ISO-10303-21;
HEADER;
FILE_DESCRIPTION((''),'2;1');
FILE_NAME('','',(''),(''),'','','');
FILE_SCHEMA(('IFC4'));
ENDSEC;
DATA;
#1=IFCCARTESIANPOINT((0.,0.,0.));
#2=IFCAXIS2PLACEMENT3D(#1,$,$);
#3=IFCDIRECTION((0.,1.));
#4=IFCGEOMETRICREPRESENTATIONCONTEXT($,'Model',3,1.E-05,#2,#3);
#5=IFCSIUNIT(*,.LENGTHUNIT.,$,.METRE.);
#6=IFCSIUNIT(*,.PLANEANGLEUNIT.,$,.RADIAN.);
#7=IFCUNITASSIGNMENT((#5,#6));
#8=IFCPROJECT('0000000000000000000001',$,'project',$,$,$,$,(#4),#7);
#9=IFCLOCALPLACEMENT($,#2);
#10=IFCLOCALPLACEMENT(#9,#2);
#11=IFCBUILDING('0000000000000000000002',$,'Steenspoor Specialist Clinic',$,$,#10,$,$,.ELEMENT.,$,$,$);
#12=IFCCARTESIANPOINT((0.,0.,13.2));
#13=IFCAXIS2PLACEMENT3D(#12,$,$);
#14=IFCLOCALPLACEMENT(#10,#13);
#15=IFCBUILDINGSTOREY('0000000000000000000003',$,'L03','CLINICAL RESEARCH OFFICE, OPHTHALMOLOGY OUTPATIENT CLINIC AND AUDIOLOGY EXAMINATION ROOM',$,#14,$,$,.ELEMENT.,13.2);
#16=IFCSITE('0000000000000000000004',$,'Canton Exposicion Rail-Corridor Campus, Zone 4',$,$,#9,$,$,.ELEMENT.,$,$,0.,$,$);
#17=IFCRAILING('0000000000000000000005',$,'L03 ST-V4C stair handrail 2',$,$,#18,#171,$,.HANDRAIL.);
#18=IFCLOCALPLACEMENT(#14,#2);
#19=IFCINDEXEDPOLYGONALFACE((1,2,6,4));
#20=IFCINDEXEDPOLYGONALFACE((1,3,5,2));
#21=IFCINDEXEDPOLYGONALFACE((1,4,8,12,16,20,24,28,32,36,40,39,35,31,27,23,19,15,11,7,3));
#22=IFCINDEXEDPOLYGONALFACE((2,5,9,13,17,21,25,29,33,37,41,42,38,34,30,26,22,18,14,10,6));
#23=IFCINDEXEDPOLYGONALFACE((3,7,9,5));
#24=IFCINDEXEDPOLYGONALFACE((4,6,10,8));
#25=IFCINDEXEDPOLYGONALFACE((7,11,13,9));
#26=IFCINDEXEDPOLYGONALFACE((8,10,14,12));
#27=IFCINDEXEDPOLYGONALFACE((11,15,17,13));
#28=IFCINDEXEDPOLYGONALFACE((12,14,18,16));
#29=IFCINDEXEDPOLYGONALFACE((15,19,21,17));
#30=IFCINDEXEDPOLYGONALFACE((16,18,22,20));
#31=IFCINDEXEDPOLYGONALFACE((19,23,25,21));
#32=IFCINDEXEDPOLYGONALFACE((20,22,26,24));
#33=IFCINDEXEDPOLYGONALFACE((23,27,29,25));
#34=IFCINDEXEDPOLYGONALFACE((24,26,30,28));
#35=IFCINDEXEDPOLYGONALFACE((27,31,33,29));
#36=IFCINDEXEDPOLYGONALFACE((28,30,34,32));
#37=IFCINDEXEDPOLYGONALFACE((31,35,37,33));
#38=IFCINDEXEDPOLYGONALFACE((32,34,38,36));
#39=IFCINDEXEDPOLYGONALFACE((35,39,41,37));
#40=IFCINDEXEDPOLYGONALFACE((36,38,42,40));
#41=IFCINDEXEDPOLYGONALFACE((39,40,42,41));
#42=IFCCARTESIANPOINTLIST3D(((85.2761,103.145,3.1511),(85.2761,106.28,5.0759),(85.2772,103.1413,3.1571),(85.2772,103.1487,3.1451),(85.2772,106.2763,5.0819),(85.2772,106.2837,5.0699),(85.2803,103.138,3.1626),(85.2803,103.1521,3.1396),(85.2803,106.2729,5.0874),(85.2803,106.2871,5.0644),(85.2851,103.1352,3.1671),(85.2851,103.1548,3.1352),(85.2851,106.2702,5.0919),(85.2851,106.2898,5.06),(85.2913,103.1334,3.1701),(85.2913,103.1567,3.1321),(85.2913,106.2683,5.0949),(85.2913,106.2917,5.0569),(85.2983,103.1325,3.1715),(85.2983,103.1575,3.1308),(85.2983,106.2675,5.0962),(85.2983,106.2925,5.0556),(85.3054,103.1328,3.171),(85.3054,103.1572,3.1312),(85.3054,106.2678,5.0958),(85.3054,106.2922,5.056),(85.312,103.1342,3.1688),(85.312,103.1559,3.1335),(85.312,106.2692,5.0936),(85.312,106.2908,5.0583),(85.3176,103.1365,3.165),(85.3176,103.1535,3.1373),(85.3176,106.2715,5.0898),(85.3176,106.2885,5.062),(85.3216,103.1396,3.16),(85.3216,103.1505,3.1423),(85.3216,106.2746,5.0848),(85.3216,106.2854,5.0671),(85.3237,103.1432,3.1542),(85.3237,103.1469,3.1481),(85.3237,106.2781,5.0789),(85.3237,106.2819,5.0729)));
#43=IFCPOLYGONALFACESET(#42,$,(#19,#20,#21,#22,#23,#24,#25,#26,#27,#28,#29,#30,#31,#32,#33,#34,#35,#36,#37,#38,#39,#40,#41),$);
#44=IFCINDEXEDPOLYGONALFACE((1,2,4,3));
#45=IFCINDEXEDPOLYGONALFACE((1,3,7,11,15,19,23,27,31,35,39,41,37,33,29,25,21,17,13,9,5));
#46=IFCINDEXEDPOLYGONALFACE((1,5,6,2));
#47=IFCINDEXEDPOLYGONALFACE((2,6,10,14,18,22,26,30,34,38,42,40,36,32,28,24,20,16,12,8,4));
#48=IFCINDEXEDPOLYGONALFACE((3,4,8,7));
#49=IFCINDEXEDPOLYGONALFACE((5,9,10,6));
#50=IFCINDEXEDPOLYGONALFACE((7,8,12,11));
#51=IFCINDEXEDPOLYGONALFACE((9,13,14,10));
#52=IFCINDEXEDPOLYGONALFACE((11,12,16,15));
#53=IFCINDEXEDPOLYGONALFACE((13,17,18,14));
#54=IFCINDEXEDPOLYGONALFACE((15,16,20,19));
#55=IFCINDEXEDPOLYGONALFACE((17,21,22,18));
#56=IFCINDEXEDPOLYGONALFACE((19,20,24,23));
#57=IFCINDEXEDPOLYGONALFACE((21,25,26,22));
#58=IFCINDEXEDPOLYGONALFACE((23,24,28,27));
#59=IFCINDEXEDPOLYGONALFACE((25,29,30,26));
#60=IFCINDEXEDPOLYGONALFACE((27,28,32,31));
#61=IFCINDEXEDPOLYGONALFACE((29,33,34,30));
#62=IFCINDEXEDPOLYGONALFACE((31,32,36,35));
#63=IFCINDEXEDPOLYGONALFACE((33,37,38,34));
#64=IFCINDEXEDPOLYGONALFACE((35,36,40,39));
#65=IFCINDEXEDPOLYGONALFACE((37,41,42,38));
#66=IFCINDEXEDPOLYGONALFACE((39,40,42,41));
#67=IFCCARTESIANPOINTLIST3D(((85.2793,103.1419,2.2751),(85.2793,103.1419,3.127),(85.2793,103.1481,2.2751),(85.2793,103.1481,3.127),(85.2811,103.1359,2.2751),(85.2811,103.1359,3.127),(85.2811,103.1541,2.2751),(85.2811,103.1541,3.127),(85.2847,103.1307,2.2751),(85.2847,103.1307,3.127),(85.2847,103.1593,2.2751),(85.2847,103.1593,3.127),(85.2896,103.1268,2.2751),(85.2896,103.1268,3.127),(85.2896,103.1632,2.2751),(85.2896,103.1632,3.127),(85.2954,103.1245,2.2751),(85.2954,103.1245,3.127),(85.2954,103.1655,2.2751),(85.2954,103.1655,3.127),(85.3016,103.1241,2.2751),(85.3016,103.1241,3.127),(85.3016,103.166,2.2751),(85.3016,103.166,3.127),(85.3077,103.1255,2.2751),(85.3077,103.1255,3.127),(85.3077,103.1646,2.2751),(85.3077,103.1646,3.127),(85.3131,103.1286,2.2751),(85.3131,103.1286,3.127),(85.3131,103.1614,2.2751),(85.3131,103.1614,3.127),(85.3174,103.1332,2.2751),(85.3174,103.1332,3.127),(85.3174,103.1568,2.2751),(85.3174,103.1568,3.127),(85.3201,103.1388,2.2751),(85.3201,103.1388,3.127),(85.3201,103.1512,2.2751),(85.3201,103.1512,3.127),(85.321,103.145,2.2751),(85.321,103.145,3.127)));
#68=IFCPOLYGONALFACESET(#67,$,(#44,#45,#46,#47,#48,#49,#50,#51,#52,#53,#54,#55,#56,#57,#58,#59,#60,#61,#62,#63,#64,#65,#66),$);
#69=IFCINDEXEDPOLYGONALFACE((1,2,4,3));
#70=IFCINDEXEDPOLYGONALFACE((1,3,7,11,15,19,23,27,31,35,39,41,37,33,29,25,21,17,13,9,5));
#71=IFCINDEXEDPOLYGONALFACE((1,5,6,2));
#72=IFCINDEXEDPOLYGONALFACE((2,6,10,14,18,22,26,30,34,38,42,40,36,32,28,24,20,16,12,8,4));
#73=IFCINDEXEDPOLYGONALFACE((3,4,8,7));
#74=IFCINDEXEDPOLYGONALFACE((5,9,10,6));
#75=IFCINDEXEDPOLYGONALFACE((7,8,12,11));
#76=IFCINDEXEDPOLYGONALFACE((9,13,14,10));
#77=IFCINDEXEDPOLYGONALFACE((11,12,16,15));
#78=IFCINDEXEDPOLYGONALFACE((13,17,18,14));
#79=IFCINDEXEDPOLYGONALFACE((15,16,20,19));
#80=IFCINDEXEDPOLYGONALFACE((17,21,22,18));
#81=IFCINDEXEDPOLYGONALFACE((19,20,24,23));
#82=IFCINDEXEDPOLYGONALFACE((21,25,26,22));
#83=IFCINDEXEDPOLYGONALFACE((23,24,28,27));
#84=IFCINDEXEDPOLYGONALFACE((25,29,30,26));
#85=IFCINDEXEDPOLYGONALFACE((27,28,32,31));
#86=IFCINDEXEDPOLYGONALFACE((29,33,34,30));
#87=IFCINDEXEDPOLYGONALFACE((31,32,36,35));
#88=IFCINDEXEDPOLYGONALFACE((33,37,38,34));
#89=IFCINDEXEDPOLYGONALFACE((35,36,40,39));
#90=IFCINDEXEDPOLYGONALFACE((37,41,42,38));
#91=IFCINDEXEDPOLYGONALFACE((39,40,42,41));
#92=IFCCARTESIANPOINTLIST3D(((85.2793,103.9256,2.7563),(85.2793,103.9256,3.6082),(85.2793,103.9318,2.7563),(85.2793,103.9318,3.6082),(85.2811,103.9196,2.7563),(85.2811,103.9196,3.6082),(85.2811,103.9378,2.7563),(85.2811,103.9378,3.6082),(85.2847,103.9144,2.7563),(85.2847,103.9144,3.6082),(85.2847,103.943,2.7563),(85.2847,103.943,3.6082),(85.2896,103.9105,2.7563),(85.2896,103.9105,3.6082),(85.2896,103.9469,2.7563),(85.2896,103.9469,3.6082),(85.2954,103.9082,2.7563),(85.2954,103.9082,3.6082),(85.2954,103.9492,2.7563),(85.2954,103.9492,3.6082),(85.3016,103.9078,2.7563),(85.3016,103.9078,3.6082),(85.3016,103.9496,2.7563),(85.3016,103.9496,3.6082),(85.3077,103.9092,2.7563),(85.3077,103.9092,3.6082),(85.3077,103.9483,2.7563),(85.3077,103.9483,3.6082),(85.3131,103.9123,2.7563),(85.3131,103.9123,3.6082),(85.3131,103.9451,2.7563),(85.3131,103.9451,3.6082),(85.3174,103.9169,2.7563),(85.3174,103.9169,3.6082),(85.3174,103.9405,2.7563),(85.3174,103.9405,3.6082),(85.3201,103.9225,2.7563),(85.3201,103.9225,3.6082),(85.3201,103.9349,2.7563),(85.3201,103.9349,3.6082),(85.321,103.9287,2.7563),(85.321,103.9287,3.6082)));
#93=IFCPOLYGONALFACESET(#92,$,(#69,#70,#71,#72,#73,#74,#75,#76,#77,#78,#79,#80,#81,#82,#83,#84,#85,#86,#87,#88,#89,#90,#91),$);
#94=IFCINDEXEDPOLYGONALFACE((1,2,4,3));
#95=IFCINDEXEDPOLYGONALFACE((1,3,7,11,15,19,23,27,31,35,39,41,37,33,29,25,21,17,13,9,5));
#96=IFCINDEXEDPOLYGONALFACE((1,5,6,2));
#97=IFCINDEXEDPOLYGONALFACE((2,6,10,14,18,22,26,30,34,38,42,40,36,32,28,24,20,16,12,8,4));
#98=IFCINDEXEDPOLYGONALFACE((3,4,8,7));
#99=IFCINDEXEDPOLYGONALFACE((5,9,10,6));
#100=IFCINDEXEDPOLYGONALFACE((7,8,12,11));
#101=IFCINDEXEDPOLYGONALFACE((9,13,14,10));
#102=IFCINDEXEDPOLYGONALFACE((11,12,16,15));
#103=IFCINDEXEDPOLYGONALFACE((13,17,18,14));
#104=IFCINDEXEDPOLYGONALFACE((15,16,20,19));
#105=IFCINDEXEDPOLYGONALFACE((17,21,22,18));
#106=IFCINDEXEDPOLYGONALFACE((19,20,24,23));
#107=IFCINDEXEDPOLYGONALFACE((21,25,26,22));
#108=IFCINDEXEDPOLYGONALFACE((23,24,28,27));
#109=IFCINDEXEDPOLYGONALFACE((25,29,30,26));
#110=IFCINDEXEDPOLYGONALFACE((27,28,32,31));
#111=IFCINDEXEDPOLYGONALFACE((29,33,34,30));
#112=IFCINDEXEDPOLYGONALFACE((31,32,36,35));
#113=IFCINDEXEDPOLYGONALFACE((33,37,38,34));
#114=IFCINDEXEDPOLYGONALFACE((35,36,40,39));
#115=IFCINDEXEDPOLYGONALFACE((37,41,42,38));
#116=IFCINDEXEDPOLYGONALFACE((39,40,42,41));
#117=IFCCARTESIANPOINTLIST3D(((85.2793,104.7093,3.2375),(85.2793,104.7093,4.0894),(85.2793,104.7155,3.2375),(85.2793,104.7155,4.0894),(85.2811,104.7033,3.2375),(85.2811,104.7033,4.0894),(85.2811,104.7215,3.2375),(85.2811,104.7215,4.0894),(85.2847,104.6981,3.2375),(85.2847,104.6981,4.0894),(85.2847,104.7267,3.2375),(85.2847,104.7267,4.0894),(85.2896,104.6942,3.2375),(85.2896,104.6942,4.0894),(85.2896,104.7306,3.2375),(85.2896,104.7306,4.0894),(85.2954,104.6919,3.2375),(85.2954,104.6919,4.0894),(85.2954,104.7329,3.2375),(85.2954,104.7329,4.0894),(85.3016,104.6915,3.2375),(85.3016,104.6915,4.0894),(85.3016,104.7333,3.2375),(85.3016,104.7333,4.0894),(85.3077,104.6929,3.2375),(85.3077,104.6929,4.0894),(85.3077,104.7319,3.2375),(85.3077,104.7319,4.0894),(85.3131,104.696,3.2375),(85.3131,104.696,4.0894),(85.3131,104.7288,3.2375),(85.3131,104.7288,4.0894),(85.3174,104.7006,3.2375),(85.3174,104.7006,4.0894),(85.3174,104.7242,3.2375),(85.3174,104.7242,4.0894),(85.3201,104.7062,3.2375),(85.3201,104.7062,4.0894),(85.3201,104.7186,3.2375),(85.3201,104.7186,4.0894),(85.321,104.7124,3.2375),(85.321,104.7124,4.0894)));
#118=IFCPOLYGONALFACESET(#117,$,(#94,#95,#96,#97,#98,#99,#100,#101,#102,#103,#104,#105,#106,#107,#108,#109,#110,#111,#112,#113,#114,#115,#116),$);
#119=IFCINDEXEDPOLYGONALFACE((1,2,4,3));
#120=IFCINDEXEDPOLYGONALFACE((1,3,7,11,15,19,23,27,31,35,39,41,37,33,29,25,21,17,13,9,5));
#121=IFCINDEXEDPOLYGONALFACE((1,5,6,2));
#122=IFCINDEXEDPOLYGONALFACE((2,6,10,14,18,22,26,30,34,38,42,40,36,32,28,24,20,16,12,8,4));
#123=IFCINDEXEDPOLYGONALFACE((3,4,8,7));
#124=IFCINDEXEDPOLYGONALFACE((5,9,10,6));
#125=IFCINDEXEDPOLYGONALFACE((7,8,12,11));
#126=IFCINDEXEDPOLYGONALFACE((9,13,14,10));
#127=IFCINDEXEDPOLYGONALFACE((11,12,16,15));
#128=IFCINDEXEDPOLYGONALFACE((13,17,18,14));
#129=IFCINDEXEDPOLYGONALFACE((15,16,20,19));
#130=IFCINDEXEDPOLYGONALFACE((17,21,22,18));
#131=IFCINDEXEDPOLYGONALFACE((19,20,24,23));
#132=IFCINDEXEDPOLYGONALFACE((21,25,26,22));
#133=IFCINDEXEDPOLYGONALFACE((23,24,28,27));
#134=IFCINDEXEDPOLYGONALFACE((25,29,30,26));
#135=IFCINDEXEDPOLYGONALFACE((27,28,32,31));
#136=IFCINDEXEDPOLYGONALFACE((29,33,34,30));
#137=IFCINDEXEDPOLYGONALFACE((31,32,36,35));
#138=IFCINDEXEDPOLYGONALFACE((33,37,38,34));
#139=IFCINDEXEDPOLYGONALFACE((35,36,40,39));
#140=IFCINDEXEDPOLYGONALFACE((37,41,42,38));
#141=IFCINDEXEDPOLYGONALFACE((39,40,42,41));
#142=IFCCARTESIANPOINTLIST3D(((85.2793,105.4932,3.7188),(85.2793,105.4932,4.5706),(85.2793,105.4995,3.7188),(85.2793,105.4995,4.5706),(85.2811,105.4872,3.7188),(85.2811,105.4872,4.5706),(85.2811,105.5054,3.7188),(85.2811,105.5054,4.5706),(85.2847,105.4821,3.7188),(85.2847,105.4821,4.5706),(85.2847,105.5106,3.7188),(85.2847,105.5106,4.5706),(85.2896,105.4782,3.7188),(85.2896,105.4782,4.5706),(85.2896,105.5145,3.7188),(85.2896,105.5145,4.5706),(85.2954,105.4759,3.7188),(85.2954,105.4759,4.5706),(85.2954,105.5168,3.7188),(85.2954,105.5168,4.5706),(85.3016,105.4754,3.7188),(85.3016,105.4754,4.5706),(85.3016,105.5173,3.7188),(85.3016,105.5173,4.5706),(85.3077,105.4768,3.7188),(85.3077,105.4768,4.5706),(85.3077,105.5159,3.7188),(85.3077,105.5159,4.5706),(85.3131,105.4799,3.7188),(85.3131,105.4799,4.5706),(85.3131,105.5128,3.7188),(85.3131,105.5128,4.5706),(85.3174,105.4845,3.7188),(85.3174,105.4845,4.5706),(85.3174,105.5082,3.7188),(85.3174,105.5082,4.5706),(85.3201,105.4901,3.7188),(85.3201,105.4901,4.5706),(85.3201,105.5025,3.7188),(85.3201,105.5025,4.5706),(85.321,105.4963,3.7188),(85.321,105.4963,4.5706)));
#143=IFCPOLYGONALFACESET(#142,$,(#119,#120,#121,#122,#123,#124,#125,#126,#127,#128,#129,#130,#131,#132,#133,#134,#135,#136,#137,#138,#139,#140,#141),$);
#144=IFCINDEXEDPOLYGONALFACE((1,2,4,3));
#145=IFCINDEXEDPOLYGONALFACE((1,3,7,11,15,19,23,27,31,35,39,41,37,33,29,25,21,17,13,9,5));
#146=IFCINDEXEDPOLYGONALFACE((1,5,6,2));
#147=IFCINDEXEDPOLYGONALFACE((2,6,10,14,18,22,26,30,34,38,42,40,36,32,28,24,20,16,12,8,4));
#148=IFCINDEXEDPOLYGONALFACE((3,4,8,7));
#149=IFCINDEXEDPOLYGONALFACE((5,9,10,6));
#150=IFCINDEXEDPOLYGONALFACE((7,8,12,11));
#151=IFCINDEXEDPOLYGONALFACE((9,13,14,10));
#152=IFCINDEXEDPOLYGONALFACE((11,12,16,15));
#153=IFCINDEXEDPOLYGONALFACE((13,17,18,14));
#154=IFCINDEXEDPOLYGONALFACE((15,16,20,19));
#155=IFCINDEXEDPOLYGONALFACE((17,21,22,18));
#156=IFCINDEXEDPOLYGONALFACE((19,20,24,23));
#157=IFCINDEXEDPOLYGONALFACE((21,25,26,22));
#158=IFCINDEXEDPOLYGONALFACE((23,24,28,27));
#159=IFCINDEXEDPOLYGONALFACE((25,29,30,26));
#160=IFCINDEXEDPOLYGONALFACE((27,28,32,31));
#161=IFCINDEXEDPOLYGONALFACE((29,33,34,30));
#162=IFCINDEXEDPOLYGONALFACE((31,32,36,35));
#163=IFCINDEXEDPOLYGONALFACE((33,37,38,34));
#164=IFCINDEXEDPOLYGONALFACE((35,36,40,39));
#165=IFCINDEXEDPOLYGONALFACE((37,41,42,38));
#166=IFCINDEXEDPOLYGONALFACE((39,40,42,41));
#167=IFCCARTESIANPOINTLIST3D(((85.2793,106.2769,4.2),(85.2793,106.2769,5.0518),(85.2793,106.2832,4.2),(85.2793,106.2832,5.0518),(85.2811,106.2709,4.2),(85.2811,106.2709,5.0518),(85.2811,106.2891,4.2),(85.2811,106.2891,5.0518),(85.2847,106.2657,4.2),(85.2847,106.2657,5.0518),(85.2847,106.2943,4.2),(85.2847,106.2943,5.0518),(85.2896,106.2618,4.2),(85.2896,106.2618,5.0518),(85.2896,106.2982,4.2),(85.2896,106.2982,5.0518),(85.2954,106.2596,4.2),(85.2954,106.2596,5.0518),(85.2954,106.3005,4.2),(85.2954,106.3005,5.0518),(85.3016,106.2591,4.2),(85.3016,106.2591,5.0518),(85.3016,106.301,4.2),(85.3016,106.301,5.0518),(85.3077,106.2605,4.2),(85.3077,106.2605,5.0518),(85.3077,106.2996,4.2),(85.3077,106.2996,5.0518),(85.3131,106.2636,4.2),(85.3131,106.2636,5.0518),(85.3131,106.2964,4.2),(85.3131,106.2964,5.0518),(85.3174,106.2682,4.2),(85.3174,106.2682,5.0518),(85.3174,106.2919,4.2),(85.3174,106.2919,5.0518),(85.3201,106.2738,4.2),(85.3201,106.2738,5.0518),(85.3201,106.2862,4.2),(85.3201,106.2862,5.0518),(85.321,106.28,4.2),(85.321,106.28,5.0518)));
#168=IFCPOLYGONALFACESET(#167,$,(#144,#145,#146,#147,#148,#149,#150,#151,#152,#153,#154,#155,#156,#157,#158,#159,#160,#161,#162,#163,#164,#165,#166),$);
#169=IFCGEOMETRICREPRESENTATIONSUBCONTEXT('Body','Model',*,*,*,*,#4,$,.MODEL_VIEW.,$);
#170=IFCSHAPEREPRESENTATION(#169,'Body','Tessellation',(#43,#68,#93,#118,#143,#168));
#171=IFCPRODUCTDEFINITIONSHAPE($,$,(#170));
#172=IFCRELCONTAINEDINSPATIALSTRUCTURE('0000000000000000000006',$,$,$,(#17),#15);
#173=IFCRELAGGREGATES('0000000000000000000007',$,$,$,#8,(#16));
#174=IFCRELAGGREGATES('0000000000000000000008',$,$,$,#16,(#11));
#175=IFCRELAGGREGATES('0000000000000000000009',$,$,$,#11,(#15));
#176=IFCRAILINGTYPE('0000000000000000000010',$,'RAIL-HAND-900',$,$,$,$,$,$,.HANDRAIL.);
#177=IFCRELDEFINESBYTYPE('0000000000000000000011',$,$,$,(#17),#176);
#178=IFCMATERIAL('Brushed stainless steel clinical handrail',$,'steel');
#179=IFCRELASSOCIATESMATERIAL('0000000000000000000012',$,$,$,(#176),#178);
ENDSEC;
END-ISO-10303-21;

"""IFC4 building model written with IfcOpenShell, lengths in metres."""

from ifc_helpers import new_model, si_unit, direction, frame, origin, origin_2d, place, context, subcontext, project, spatial, circle, extrude, material, type_object, element, save


model = new_model("IFC4")

# Units and contexts
model_context = context("Model", 3, precision=1e-05, world=origin(), true_north=direction((0.0, 1.0)))
body_context = subcontext(model_context, "Body", "Model", "MODEL_VIEW")
ifc_project = project(units=[si_unit("LENGTHUNIT", "METRE"), si_unit("PLANEANGLEUNIT", "RADIAN")], contexts=[model_context])

# Site, building, storey
site_placement = place(None, origin())
site = spatial("IfcSite", under=ifc_project, at=site_placement, Name="Canton Exposicion Rail-Corridor Campus, Zone 4", CompositionType="ELEMENT", RefElevation=0.0)
building_placement = place(site_placement, origin())
building = spatial("IfcBuilding", under=site, at=building_placement, Name="Steenspoor Specialist Clinic", CompositionType="ELEMENT")
storey_placement = place(building_placement, frame((0.0, 0.0, 13.2)))
storey = spatial("IfcBuildingStorey", under=building, at=storey_placement, Name="L03", Description="CLINICAL RESEARCH OFFICE, OPHTHALMOLOGY OUTPATIENT CLINIC AND AUDIOLOGY EXAMINATION ROOM", CompositionType="ELEMENT", Elevation=13.2)

# Railing
ifc_material_1 = material(Name="Brushed stainless steel clinical handrail", Category="steel")
railing_type_1 = type_object("IfcRailingType", Name="RAIL-HAND-900", PredefinedType="HANDRAIL", material=ifc_material_1)
railing_1_placement = place(storey_placement, frame((85.3, 103.145, 2.2751)))
element("IfcRailing", 1, at=railing_1_placement, inside=storey, type_object=railing_type_1, Name="L03 ST-V4C stair handrail 2", PredefinedType="HANDRAIL", context=body_context, shape_type="SweptSolid", body=[
    extrude(circle(Radius=0.0239, at=origin_2d()), frame((0.0, 0.0, 0.876), z_axis=(0.0, 0.852196, 0.523223), x_axis=(-1.0, 0.0, 0.0)), (0.0, 0.0, 1.0), 3.6787),
    extrude(circle(Radius=0.021, at=origin_2d()), origin(), (0.0, 0.0, 1.0), 0.8518),
    extrude(circle(Radius=0.021, at=origin_2d()), frame((0.0, 0.7837, 0.4812)), (0.0, 0.0, 1.0), 0.8518),
    extrude(circle(Radius=0.021, at=origin_2d()), frame((0.0, 1.5674, 0.9624)), (0.0, 0.0, 1.0), 0.8518),
    extrude(circle(Radius=0.021, at=origin_2d()), frame((0.0, 2.3513, 1.4436)), (0.0, 0.0, 1.0), 0.8518),
    extrude(circle(Radius=0.021, at=origin_2d()), frame((0.0, 3.135, 1.9248)), (0.0, 0.0, 1.0), 0.8518),
])

save(model, "model.ifc")
